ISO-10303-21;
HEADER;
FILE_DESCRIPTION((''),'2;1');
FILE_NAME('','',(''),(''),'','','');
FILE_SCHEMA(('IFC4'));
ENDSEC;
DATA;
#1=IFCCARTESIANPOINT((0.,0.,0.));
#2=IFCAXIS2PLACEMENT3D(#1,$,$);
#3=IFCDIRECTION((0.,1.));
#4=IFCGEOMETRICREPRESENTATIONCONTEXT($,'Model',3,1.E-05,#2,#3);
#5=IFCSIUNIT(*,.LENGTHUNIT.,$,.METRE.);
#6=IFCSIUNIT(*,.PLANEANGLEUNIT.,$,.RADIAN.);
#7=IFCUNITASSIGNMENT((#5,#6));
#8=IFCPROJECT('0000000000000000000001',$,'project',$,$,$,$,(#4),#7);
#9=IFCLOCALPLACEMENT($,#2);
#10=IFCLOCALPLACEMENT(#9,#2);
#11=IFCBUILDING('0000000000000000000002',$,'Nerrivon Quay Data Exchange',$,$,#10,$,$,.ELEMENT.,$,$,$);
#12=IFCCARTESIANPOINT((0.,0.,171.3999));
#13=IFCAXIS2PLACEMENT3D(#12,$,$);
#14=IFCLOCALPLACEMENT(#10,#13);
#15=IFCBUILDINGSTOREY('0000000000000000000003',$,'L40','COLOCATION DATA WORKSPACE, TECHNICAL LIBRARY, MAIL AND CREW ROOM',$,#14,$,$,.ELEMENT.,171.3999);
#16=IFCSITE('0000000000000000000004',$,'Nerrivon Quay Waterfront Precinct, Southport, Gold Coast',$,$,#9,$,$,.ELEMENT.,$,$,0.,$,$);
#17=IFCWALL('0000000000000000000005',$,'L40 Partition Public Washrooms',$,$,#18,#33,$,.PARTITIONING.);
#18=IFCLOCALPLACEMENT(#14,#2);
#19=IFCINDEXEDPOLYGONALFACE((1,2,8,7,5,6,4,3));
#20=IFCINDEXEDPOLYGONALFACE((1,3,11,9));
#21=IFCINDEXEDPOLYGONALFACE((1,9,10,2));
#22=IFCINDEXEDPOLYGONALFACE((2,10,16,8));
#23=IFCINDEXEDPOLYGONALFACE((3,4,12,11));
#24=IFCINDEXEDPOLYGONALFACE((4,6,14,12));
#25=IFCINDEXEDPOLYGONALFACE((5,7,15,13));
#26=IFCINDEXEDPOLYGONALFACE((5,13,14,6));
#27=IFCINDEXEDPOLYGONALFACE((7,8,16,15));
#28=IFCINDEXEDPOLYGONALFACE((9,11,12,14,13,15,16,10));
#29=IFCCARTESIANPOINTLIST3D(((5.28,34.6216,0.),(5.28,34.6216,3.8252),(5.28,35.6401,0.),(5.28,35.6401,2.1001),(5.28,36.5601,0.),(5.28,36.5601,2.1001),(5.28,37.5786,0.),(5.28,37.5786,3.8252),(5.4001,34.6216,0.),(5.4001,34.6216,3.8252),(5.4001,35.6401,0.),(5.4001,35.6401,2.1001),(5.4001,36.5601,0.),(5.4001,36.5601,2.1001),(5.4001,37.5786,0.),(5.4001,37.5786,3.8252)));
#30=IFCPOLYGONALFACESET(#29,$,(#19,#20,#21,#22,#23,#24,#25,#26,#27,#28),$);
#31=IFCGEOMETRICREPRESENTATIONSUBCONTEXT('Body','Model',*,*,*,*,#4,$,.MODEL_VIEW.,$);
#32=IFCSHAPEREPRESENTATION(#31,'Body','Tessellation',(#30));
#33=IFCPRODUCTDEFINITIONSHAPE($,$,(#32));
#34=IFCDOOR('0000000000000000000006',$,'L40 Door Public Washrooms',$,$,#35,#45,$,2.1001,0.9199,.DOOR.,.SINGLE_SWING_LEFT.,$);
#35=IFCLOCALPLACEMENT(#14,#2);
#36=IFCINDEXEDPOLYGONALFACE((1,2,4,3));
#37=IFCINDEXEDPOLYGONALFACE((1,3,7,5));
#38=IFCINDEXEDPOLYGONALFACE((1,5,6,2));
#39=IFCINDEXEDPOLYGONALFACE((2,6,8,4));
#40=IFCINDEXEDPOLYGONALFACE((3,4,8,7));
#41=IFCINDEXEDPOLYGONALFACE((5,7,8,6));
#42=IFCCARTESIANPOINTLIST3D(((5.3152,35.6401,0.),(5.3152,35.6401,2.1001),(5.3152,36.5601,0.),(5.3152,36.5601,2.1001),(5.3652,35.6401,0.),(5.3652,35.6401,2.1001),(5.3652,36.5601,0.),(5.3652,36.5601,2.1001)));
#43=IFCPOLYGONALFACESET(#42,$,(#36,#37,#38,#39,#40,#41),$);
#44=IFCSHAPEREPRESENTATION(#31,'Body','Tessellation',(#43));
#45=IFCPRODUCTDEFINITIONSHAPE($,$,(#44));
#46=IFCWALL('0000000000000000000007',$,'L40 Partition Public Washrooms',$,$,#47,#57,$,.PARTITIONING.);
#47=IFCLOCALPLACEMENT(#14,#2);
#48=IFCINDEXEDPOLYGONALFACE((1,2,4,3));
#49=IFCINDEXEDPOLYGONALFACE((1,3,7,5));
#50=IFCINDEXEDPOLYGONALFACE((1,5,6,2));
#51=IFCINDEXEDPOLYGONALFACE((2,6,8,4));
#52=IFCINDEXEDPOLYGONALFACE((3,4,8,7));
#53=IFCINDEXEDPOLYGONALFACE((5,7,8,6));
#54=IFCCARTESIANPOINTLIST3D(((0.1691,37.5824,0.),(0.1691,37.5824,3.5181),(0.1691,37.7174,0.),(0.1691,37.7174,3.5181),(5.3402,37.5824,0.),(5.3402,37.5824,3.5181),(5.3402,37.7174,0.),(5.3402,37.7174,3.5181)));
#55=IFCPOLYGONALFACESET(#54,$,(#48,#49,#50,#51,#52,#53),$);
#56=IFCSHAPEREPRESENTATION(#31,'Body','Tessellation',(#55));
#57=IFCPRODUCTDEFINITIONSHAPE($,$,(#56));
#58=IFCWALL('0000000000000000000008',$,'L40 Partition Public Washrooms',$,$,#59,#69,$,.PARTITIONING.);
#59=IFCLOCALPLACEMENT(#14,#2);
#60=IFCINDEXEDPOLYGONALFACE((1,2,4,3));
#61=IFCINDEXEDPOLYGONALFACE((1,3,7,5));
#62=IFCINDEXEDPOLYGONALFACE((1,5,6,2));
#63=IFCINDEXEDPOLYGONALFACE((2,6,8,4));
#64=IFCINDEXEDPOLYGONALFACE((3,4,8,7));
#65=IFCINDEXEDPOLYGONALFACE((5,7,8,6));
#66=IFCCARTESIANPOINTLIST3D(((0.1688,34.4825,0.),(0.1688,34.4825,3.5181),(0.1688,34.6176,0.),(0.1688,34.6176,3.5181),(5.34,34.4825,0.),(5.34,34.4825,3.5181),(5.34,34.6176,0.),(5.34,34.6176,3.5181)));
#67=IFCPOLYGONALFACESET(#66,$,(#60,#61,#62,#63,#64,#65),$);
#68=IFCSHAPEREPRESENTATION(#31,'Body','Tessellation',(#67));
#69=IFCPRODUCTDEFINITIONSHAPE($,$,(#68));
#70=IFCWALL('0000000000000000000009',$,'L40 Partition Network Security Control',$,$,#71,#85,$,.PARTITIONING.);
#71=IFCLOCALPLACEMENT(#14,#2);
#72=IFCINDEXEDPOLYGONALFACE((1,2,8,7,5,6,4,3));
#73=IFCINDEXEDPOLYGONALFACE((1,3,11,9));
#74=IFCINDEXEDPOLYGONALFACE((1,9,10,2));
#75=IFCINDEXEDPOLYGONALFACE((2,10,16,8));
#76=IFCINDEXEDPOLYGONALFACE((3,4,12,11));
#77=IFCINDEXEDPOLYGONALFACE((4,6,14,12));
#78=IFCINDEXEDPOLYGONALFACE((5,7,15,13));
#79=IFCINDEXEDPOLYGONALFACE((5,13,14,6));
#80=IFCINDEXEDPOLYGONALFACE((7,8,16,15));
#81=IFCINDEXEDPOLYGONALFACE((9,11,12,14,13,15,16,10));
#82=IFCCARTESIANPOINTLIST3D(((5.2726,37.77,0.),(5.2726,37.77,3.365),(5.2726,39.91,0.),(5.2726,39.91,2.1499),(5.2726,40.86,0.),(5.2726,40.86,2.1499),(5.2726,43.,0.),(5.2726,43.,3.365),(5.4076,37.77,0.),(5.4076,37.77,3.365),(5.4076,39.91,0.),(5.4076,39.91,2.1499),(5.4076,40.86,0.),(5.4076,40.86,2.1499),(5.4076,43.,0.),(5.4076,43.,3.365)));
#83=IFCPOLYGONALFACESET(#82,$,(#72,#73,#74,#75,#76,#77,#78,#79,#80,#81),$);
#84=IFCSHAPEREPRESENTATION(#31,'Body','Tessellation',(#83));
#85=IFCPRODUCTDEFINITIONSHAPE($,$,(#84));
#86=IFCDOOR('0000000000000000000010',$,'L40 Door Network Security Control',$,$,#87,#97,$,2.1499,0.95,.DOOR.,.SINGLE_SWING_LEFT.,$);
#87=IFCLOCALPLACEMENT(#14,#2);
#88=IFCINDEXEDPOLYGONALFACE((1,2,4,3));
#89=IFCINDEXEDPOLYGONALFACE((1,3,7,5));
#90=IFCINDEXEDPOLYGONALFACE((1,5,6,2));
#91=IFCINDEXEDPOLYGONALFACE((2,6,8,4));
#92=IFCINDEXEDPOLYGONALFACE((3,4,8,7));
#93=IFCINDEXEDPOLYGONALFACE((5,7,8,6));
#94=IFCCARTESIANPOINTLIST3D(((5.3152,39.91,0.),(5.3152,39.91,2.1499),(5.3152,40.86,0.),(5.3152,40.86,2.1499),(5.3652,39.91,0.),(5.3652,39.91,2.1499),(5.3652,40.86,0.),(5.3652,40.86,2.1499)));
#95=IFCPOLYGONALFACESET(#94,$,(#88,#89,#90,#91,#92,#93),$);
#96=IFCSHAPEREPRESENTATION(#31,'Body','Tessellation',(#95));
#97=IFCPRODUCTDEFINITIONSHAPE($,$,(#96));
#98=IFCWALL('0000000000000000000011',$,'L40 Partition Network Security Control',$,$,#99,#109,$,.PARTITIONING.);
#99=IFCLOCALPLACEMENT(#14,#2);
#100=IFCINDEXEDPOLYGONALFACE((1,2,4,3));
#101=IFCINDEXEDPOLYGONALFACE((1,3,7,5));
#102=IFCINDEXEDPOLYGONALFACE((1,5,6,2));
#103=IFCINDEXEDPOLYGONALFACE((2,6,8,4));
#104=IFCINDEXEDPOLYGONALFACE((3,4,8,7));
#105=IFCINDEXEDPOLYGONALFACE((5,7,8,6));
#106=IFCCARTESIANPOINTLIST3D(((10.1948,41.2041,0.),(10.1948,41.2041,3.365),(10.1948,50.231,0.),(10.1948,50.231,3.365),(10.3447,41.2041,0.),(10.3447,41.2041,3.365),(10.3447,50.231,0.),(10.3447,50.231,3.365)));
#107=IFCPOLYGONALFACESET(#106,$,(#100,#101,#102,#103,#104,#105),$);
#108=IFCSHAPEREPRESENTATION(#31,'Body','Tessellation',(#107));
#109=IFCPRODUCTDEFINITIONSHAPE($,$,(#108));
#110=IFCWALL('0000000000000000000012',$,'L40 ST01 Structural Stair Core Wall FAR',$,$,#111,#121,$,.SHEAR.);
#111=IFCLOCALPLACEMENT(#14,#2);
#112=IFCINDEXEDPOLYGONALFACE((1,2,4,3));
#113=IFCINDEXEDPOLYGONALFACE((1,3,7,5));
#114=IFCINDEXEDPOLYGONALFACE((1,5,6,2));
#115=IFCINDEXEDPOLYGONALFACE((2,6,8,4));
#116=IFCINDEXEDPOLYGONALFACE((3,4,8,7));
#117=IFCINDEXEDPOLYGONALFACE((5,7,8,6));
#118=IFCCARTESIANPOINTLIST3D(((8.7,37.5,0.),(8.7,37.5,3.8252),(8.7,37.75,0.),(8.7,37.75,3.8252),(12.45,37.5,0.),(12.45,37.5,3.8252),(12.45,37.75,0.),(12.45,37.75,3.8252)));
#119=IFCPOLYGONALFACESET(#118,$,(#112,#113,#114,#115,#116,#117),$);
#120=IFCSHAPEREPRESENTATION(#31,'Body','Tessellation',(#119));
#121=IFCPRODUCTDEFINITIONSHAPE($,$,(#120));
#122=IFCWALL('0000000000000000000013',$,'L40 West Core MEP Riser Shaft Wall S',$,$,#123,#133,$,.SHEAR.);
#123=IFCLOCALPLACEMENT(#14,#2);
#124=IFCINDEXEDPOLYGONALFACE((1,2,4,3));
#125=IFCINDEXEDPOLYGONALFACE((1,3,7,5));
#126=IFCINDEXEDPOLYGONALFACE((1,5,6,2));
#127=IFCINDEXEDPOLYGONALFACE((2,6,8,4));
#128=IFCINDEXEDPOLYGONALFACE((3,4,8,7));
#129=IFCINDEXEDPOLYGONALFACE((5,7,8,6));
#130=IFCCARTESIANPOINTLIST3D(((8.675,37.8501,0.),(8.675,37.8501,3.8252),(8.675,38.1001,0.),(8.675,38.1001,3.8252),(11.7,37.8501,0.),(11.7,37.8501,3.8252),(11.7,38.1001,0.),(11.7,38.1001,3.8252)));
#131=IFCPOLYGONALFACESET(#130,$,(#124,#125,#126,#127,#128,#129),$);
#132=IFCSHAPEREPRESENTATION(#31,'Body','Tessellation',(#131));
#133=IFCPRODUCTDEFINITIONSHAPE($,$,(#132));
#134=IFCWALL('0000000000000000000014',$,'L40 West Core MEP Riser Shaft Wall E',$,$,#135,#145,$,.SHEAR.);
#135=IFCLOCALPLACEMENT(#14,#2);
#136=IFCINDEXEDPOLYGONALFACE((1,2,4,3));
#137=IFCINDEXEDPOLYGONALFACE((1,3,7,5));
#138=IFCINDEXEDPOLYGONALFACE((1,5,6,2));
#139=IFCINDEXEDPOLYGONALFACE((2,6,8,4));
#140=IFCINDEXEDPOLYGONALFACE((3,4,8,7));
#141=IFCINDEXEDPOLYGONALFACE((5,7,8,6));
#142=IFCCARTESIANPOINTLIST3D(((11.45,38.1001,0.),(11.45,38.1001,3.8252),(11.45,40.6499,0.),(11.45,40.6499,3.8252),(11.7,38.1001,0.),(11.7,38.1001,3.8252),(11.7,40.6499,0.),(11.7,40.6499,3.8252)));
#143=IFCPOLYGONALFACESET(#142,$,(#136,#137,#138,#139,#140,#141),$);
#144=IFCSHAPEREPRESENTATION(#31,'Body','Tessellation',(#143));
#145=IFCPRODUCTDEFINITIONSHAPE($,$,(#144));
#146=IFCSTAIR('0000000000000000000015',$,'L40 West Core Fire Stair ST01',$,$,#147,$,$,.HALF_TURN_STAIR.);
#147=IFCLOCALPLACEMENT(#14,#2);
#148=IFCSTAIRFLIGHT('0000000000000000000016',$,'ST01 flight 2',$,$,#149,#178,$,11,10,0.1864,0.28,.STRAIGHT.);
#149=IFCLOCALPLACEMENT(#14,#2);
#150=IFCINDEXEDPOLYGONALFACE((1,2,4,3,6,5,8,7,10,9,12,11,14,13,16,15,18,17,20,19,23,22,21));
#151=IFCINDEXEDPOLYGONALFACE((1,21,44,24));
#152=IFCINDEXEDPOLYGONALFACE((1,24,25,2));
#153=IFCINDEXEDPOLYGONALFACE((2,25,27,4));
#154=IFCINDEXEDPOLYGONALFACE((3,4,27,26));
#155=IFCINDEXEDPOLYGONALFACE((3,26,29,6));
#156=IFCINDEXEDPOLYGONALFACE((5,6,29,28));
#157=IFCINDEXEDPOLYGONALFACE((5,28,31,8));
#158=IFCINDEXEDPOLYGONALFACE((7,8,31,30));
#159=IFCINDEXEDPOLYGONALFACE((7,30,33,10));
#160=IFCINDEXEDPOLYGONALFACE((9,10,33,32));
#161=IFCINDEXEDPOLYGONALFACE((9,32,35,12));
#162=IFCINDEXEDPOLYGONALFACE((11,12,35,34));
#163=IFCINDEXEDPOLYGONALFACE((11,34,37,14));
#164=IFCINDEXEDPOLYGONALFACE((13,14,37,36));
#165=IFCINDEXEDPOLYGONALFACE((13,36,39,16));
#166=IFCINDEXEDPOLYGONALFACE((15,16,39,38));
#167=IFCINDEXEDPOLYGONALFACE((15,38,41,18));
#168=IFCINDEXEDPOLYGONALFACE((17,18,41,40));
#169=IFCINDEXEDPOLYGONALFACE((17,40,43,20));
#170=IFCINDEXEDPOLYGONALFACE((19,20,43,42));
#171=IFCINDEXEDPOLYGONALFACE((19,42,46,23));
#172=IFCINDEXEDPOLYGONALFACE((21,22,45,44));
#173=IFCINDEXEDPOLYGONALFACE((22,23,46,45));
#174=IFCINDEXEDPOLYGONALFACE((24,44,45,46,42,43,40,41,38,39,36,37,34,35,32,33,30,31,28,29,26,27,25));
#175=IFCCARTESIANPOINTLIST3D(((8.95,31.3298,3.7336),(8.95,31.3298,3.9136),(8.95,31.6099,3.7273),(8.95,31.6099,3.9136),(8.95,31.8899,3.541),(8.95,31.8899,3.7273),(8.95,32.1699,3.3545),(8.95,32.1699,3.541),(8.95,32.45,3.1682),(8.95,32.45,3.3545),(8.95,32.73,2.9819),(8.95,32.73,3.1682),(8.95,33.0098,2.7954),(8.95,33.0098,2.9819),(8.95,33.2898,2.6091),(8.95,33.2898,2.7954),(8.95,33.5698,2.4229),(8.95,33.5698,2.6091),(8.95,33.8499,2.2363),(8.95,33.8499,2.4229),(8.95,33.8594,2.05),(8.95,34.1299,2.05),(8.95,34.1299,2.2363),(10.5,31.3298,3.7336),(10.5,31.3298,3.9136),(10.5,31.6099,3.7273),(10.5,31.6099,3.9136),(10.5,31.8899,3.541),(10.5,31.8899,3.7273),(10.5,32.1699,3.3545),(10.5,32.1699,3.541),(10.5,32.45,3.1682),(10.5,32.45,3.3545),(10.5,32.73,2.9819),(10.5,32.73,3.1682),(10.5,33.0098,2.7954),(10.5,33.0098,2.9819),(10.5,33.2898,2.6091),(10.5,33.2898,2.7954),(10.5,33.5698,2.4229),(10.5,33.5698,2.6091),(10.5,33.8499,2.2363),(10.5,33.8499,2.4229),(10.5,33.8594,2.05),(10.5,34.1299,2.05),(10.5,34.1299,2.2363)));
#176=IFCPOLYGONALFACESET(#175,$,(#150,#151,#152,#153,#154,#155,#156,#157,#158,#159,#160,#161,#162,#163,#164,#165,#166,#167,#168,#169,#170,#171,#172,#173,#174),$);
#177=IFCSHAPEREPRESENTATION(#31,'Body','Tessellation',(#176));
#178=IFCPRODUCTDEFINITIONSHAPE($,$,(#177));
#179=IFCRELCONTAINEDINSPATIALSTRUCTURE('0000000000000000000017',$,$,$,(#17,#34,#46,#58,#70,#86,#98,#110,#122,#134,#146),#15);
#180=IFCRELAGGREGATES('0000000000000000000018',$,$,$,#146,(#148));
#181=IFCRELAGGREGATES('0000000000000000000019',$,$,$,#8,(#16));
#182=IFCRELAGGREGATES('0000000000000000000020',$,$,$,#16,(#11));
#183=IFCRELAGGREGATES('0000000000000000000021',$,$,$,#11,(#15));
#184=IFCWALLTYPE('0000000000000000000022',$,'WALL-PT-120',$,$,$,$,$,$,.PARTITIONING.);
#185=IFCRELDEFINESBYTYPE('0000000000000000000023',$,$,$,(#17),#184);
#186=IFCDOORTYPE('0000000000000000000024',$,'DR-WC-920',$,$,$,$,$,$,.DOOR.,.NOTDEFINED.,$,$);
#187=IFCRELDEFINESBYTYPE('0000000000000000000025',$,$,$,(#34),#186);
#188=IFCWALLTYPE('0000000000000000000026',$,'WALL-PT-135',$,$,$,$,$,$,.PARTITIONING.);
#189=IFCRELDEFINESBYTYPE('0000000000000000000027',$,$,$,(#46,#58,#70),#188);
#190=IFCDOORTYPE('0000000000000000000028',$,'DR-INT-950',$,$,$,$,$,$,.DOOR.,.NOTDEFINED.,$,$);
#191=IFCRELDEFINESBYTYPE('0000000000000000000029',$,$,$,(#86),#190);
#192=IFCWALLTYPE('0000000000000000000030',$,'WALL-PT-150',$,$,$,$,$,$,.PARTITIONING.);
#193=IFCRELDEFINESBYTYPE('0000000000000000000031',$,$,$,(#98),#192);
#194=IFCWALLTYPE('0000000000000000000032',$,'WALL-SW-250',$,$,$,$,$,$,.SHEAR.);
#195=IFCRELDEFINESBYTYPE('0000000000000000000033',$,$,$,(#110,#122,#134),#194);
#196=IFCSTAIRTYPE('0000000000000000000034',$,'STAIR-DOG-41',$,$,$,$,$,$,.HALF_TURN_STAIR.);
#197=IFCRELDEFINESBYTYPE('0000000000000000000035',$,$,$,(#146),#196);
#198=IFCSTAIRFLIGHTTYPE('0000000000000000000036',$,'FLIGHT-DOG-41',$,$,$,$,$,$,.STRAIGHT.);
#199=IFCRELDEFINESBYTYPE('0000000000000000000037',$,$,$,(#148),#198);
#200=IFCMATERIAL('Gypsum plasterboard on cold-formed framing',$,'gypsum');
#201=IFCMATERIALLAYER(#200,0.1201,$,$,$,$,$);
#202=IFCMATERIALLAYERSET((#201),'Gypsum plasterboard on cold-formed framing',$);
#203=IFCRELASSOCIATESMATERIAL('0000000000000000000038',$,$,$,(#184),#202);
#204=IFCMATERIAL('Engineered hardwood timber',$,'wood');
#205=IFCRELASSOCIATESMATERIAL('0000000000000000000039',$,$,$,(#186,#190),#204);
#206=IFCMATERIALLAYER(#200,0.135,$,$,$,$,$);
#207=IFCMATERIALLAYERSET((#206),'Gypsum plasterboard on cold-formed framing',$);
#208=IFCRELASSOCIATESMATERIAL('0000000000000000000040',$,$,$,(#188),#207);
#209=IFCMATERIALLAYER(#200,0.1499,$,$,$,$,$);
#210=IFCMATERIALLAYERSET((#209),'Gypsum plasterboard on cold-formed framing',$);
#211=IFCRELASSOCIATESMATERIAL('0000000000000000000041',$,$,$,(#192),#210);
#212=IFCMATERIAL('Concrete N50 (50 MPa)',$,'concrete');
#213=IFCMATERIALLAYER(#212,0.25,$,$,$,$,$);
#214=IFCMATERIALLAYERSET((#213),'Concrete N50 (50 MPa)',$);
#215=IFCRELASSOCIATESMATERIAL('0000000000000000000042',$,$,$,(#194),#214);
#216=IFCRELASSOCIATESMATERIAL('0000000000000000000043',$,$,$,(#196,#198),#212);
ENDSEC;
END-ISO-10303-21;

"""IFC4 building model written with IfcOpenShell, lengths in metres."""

from ifc_helpers import new_model, si_unit, direction, frame, frame_2d, origin, place, context, subcontext, project, spatial, polyline, rectangle, outline, extrude, material, layer, layer_set, type_object, element, fill, aggregate, save


model = new_model("IFC4")

# Units and contexts
model_context = context("Model", 3, precision=1e-05, world=origin(), true_north=direction((0.0, 1.0)))
body_context = subcontext(model_context, "Body", "Model", "MODEL_VIEW")
ifc_project = project(units=[si_unit("LENGTHUNIT", "METRE"), si_unit("PLANEANGLEUNIT", "RADIAN")], contexts=[model_context])

# Site, building, storey
site_placement = place(None, origin())
site = spatial("IfcSite", under=ifc_project, at=site_placement, Name="Nerrivon Quay Waterfront Precinct, Southport, Gold Coast", CompositionType="ELEMENT", RefElevation=0.0)
building_placement = place(site_placement, origin())
building = spatial("IfcBuilding", under=site, at=building_placement, Name="Nerrivon Quay Data Exchange", CompositionType="ELEMENT")
storey_placement = place(building_placement, frame((0.0, 0.0, 171.3999)))
storey = spatial("IfcBuildingStorey", under=building, at=storey_placement, Name="L40", Description="COLOCATION DATA WORKSPACE, TECHNICAL LIBRARY, MAIL AND CREW ROOM", CompositionType="ELEMENT", Elevation=171.3999)

# Shared definitions
ifc_material_1 = material(Name="Concrete N50 (50 MPa)", Category="concrete")

# Shared definitions
ifc_material_2 = material(Name="Gypsum plasterboard on cold-formed framing", Category="gypsum")

# Wall, opening, door
ifc_layer_1 = layer(ifc_material_2, 0.1201)
ifc_layer_set_1 = layer_set([ifc_layer_1], Name="Gypsum plasterboard on cold-formed framing")
wall_type_1 = type_object("IfcWallType", Name="WALL-PT-120", PredefinedType="PARTITIONING", material=ifc_layer_set_1)
wall_1_placement = place(storey_placement, frame((5.3401, 34.6216, 0.0), z_axis=(0.0, 0.0, 1.0), x_axis=(0.0, 1.0, 0.0)))
wall_1 = element("IfcWall", 1, at=wall_1_placement, inside=storey, type_object=wall_type_1, Name="L40 Partition Public Washrooms", PredefinedType="PARTITIONING", context=body_context, shape_type="SweptSolid", body=[
    extrude(rectangle(XDim=2.957, YDim=0.1201, at=frame_2d((1.4785, 0.0))), origin(), (0.0, 0.0, 1.0), 3.8252),
])
opening_1_placement = place(wall_1_placement, frame((1.0186, 0.0, 0.0)))
opening_1 = element("IfcOpeningElement", 2, at=opening_1_placement, cuts=wall_1, PredefinedType="OPENING", context=body_context, shape_type="SweptSolid", body=[
    extrude(rectangle(XDim=0.9199, YDim=2.1001, at=frame_2d((0.46, 1.05))), frame((0.0, 0.0701, 0.0), z_axis=(0.0, -1.0, 0.0), x_axis=(1.0, 0.0, 0.0)), (0.0, 0.0, 1.0), 0.1401),
])
ifc_material_3 = material(Name="Engineered hardwood timber", Category="wood")
door_type_1 = type_object("IfcDoorType", Name="DR-WC-920", OperationType="NOTDEFINED", PredefinedType="DOOR", material=ifc_material_3)
door_1_placement = place(opening_1_placement, origin())
door_1 = element("IfcDoor", 3, at=door_1_placement, inside=storey, type_object=door_type_1, Name="L40 Door Public Washrooms", OperationType="SINGLE_SWING_LEFT", OverallHeight=2.1001, OverallWidth=0.9199, PredefinedType="DOOR", context=body_context, shape_type="SweptSolid", body=[
    extrude(rectangle(XDim=0.9199, YDim=2.1001, at=frame_2d((0.46, 1.05))), frame((0.0, 0.0249, 0.0), z_axis=(0.0, -1.0, 0.0), x_axis=(1.0, 0.0, 0.0)), (0.0, 0.0, 1.0), 0.05),
])
fill(opening_1, door_1)

# Walls
ifc_layer_2 = layer(ifc_material_2, 0.135)
ifc_layer_set_2 = layer_set([ifc_layer_2], Name="Gypsum plasterboard on cold-formed framing")
wall_type_2 = type_object("IfcWallType", Name="WALL-PT-135", PredefinedType="PARTITIONING", material=ifc_layer_set_2)
for number, where, z_axis, x_axis, name in (
    (4, (5.3401, 37.6499, 0.0), (0.0, 0.0, 1.0), (-1.0, 0.0, 0.0), "L40 Partition Public Washrooms"),
    (5, (0.1689, 34.55, 0.0), (0.0, 0.0, 1.0), (1.0, 0.0, 0.0), "L40 Partition Public Washrooms"),
):
    element("IfcWall", number, at=place(storey_placement, frame(where, z_axis=z_axis, x_axis=x_axis)), inside=storey, type_object=wall_type_2, Name=name, PredefinedType="PARTITIONING", context=body_context, shape_type="SweptSolid", body=[
        extrude(rectangle(XDim=5.1711, YDim=0.135, at=frame_2d((2.5854, 0.0))), origin(), (0.0, 0.0, 1.0), 3.5181),
    ])

# Wall, opening, door
wall_2_placement = place(storey_placement, frame((5.3401, 37.77, 0.0), z_axis=(0.0, 0.0, 1.0), x_axis=(0.0, 1.0, 0.0)))
wall_2 = element("IfcWall", 6, at=wall_2_placement, inside=storey, type_object=wall_type_2, Name="L40 Partition Network Security Control", PredefinedType="PARTITIONING", context=body_context, shape_type="SweptSolid", body=[
    extrude(rectangle(XDim=5.23, YDim=0.135, at=frame_2d((2.615, 0.0))), origin(), (0.0, 0.0, 1.0), 3.365),
])
opening_2_placement = place(wall_2_placement, frame((2.1399, 0.0, 0.0)))
opening_2 = element("IfcOpeningElement", 7, at=opening_2_placement, cuts=wall_2, PredefinedType="OPENING", context=body_context, shape_type="SweptSolid", body=[
    extrude(rectangle(XDim=0.95, YDim=2.1499, at=frame_2d((0.4751, 1.075))), frame((0.0, 0.0774, 0.0), z_axis=(0.0, -1.0, 0.0), x_axis=(1.0, 0.0, 0.0)), (0.0, 0.0, 1.0), 0.155),
])
door_type_2 = type_object("IfcDoorType", Name="DR-INT-950", OperationType="NOTDEFINED", PredefinedType="DOOR", material=ifc_material_3)
door_2_placement = place(opening_2_placement, origin())
door_2 = element("IfcDoor", 8, at=door_2_placement, inside=storey, type_object=door_type_2, Name="L40 Door Network Security Control", OperationType="SINGLE_SWING_LEFT", OverallHeight=2.1499, OverallWidth=0.95, PredefinedType="DOOR", context=body_context, shape_type="SweptSolid", body=[
    extrude(rectangle(XDim=0.95, YDim=2.1499, at=frame_2d((0.4751, 1.075))), frame((0.0, 0.0249, 0.0), z_axis=(0.0, -1.0, 0.0), x_axis=(1.0, 0.0, 0.0)), (0.0, 0.0, 1.0), 0.05),
])
fill(opening_2, door_2)

# Walls
ifc_layer_3 = layer(ifc_material_2, 0.1499)
ifc_layer_set_3 = layer_set([ifc_layer_3], Name="Gypsum plasterboard on cold-formed framing")
wall_type_3 = type_object("IfcWallType", Name="WALL-PT-150", PredefinedType="PARTITIONING", material=ifc_layer_set_3)
wall_3_placement = place(storey_placement, frame((10.2698, 41.2041, 0.0), z_axis=(0.0, 0.0, 1.0), x_axis=(0.0, 1.0, 0.0)))
element("IfcWall", 9, at=wall_3_placement, inside=storey, type_object=wall_type_3, Name="L40 Partition Network Security Control", PredefinedType="PARTITIONING", context=body_context, shape_type="SweptSolid", body=[
    extrude(rectangle(XDim=9.0269, YDim=0.1499, at=frame_2d((4.5134, 0.0))), origin(), (0.0, 0.0, 1.0), 3.365),
])
ifc_layer_4 = layer(ifc_material_1, 0.25)
ifc_layer_set_4 = layer_set([ifc_layer_4], Name="Concrete N50 (50 MPa)")
wall_type_4 = type_object("IfcWallType", Name="WALL-SW-250", PredefinedType="SHEAR", material=ifc_layer_set_4)
wall_4_placement = place(storey_placement, frame((12.45, 37.625, 0.0), z_axis=(0.0, 0.0, 1.0), x_axis=(-1.0, 0.0, 0.0)))
element("IfcWall", 10, at=wall_4_placement, inside=storey, type_object=wall_type_4, Name="L40 ST01 Structural Stair Core Wall FAR", PredefinedType="SHEAR", context=body_context, shape_type="SweptSolid", body=[
    extrude(rectangle(XDim=3.75, YDim=0.25, at=frame_2d((1.875, 0.0))), origin(), (0.0, 0.0, 1.0), 3.8252),
])
wall_5_placement = place(storey_placement, frame((8.675, 37.9751, 0.0), z_axis=(0.0, 0.0, 1.0), x_axis=(1.0, 0.0, 0.0)))
element("IfcWall", 11, at=wall_5_placement, inside=storey, type_object=wall_type_4, Name="L40 West Core MEP Riser Shaft Wall S", PredefinedType="SHEAR", context=body_context, shape_type="SweptSolid", body=[
    extrude(rectangle(XDim=3.0249, YDim=0.25, at=frame_2d((1.5125, 0.0))), origin(), (0.0, 0.0, 1.0), 3.8252),
])
wall_6_placement = place(storey_placement, frame((11.575, 38.1001, 0.0), z_axis=(0.0, 0.0, 1.0), x_axis=(0.0, 1.0, 0.0)))
element("IfcWall", 12, at=wall_6_placement, inside=storey, type_object=wall_type_4, Name="L40 West Core MEP Riser Shaft Wall E", PredefinedType="SHEAR", context=body_context, shape_type="SweptSolid", body=[
    extrude(rectangle(XDim=2.5498, YDim=0.25, at=frame_2d((1.2749, 0.0))), origin(), (0.0, 0.0, 1.0), 3.8252),
])

# Stair, stair flight
stair_type = type_object("IfcStairType", Name="STAIR-DOG-41", PredefinedType="HALF_TURN_STAIR", material=ifc_material_1)
stair_placement = place(storey_placement, origin())
stair = element("IfcStair", 13, at=stair_placement, inside=storey, type_object=stair_type, Name="L40 West Core Fire Stair ST01", PredefinedType="HALF_TURN_STAIR")
stair_flight_type = type_object("IfcStairFlightType", Name="FLIGHT-DOG-41", PredefinedType="STRAIGHT", material=ifc_material_1)
stair_flight_placement = place(storey_placement, frame((9.7251, 34.1299, 2.05), z_axis=(0.0, 0.0, 1.0), x_axis=(0.0, -1.0, 0.0)))
stair_flight = element("IfcStairFlight", 14, at=stair_flight_placement, type_object=stair_flight_type, Name="ST01 flight 2", NumberOfRisers=11, NumberOfTreads=10, PredefinedType="STRAIGHT", RiserHeight=0.1864, TreadLength=0.28, context=body_context, shape_type="SweptSolid", body=[
    extrude(outline(polyline([(0.0, 0.0), (0.0, 0.1863), (0.28, 0.1863), (0.28, 0.3728), (0.5601, 0.3728), (0.5601, 0.5591), (0.8401, 0.5591), (0.8401, 0.7454), (1.1201, 0.7454), (1.1201, 0.9319), (1.3999, 0.9319), (1.3999, 1.1182), (1.6799, 1.1182), (1.6799, 1.3044), (1.96, 1.3044), (1.96, 1.491), (2.24, 1.491), (2.24, 1.6772), (2.52, 1.6772), (2.52, 1.8635), (2.8, 1.8635), (2.8, 2.05), (2.8, 1.6836), (0.2705, 0.0), (0.0, 0.0)])), frame((0.0, 0.7749, 0.0), z_axis=(0.0, -1.0, 0.0), x_axis=(1.0, 0.0, 0.0)), (0.0, 0.0, 1.0), 1.55),
])
aggregate(stair, [stair_flight])

save(model, "model.ifc")
